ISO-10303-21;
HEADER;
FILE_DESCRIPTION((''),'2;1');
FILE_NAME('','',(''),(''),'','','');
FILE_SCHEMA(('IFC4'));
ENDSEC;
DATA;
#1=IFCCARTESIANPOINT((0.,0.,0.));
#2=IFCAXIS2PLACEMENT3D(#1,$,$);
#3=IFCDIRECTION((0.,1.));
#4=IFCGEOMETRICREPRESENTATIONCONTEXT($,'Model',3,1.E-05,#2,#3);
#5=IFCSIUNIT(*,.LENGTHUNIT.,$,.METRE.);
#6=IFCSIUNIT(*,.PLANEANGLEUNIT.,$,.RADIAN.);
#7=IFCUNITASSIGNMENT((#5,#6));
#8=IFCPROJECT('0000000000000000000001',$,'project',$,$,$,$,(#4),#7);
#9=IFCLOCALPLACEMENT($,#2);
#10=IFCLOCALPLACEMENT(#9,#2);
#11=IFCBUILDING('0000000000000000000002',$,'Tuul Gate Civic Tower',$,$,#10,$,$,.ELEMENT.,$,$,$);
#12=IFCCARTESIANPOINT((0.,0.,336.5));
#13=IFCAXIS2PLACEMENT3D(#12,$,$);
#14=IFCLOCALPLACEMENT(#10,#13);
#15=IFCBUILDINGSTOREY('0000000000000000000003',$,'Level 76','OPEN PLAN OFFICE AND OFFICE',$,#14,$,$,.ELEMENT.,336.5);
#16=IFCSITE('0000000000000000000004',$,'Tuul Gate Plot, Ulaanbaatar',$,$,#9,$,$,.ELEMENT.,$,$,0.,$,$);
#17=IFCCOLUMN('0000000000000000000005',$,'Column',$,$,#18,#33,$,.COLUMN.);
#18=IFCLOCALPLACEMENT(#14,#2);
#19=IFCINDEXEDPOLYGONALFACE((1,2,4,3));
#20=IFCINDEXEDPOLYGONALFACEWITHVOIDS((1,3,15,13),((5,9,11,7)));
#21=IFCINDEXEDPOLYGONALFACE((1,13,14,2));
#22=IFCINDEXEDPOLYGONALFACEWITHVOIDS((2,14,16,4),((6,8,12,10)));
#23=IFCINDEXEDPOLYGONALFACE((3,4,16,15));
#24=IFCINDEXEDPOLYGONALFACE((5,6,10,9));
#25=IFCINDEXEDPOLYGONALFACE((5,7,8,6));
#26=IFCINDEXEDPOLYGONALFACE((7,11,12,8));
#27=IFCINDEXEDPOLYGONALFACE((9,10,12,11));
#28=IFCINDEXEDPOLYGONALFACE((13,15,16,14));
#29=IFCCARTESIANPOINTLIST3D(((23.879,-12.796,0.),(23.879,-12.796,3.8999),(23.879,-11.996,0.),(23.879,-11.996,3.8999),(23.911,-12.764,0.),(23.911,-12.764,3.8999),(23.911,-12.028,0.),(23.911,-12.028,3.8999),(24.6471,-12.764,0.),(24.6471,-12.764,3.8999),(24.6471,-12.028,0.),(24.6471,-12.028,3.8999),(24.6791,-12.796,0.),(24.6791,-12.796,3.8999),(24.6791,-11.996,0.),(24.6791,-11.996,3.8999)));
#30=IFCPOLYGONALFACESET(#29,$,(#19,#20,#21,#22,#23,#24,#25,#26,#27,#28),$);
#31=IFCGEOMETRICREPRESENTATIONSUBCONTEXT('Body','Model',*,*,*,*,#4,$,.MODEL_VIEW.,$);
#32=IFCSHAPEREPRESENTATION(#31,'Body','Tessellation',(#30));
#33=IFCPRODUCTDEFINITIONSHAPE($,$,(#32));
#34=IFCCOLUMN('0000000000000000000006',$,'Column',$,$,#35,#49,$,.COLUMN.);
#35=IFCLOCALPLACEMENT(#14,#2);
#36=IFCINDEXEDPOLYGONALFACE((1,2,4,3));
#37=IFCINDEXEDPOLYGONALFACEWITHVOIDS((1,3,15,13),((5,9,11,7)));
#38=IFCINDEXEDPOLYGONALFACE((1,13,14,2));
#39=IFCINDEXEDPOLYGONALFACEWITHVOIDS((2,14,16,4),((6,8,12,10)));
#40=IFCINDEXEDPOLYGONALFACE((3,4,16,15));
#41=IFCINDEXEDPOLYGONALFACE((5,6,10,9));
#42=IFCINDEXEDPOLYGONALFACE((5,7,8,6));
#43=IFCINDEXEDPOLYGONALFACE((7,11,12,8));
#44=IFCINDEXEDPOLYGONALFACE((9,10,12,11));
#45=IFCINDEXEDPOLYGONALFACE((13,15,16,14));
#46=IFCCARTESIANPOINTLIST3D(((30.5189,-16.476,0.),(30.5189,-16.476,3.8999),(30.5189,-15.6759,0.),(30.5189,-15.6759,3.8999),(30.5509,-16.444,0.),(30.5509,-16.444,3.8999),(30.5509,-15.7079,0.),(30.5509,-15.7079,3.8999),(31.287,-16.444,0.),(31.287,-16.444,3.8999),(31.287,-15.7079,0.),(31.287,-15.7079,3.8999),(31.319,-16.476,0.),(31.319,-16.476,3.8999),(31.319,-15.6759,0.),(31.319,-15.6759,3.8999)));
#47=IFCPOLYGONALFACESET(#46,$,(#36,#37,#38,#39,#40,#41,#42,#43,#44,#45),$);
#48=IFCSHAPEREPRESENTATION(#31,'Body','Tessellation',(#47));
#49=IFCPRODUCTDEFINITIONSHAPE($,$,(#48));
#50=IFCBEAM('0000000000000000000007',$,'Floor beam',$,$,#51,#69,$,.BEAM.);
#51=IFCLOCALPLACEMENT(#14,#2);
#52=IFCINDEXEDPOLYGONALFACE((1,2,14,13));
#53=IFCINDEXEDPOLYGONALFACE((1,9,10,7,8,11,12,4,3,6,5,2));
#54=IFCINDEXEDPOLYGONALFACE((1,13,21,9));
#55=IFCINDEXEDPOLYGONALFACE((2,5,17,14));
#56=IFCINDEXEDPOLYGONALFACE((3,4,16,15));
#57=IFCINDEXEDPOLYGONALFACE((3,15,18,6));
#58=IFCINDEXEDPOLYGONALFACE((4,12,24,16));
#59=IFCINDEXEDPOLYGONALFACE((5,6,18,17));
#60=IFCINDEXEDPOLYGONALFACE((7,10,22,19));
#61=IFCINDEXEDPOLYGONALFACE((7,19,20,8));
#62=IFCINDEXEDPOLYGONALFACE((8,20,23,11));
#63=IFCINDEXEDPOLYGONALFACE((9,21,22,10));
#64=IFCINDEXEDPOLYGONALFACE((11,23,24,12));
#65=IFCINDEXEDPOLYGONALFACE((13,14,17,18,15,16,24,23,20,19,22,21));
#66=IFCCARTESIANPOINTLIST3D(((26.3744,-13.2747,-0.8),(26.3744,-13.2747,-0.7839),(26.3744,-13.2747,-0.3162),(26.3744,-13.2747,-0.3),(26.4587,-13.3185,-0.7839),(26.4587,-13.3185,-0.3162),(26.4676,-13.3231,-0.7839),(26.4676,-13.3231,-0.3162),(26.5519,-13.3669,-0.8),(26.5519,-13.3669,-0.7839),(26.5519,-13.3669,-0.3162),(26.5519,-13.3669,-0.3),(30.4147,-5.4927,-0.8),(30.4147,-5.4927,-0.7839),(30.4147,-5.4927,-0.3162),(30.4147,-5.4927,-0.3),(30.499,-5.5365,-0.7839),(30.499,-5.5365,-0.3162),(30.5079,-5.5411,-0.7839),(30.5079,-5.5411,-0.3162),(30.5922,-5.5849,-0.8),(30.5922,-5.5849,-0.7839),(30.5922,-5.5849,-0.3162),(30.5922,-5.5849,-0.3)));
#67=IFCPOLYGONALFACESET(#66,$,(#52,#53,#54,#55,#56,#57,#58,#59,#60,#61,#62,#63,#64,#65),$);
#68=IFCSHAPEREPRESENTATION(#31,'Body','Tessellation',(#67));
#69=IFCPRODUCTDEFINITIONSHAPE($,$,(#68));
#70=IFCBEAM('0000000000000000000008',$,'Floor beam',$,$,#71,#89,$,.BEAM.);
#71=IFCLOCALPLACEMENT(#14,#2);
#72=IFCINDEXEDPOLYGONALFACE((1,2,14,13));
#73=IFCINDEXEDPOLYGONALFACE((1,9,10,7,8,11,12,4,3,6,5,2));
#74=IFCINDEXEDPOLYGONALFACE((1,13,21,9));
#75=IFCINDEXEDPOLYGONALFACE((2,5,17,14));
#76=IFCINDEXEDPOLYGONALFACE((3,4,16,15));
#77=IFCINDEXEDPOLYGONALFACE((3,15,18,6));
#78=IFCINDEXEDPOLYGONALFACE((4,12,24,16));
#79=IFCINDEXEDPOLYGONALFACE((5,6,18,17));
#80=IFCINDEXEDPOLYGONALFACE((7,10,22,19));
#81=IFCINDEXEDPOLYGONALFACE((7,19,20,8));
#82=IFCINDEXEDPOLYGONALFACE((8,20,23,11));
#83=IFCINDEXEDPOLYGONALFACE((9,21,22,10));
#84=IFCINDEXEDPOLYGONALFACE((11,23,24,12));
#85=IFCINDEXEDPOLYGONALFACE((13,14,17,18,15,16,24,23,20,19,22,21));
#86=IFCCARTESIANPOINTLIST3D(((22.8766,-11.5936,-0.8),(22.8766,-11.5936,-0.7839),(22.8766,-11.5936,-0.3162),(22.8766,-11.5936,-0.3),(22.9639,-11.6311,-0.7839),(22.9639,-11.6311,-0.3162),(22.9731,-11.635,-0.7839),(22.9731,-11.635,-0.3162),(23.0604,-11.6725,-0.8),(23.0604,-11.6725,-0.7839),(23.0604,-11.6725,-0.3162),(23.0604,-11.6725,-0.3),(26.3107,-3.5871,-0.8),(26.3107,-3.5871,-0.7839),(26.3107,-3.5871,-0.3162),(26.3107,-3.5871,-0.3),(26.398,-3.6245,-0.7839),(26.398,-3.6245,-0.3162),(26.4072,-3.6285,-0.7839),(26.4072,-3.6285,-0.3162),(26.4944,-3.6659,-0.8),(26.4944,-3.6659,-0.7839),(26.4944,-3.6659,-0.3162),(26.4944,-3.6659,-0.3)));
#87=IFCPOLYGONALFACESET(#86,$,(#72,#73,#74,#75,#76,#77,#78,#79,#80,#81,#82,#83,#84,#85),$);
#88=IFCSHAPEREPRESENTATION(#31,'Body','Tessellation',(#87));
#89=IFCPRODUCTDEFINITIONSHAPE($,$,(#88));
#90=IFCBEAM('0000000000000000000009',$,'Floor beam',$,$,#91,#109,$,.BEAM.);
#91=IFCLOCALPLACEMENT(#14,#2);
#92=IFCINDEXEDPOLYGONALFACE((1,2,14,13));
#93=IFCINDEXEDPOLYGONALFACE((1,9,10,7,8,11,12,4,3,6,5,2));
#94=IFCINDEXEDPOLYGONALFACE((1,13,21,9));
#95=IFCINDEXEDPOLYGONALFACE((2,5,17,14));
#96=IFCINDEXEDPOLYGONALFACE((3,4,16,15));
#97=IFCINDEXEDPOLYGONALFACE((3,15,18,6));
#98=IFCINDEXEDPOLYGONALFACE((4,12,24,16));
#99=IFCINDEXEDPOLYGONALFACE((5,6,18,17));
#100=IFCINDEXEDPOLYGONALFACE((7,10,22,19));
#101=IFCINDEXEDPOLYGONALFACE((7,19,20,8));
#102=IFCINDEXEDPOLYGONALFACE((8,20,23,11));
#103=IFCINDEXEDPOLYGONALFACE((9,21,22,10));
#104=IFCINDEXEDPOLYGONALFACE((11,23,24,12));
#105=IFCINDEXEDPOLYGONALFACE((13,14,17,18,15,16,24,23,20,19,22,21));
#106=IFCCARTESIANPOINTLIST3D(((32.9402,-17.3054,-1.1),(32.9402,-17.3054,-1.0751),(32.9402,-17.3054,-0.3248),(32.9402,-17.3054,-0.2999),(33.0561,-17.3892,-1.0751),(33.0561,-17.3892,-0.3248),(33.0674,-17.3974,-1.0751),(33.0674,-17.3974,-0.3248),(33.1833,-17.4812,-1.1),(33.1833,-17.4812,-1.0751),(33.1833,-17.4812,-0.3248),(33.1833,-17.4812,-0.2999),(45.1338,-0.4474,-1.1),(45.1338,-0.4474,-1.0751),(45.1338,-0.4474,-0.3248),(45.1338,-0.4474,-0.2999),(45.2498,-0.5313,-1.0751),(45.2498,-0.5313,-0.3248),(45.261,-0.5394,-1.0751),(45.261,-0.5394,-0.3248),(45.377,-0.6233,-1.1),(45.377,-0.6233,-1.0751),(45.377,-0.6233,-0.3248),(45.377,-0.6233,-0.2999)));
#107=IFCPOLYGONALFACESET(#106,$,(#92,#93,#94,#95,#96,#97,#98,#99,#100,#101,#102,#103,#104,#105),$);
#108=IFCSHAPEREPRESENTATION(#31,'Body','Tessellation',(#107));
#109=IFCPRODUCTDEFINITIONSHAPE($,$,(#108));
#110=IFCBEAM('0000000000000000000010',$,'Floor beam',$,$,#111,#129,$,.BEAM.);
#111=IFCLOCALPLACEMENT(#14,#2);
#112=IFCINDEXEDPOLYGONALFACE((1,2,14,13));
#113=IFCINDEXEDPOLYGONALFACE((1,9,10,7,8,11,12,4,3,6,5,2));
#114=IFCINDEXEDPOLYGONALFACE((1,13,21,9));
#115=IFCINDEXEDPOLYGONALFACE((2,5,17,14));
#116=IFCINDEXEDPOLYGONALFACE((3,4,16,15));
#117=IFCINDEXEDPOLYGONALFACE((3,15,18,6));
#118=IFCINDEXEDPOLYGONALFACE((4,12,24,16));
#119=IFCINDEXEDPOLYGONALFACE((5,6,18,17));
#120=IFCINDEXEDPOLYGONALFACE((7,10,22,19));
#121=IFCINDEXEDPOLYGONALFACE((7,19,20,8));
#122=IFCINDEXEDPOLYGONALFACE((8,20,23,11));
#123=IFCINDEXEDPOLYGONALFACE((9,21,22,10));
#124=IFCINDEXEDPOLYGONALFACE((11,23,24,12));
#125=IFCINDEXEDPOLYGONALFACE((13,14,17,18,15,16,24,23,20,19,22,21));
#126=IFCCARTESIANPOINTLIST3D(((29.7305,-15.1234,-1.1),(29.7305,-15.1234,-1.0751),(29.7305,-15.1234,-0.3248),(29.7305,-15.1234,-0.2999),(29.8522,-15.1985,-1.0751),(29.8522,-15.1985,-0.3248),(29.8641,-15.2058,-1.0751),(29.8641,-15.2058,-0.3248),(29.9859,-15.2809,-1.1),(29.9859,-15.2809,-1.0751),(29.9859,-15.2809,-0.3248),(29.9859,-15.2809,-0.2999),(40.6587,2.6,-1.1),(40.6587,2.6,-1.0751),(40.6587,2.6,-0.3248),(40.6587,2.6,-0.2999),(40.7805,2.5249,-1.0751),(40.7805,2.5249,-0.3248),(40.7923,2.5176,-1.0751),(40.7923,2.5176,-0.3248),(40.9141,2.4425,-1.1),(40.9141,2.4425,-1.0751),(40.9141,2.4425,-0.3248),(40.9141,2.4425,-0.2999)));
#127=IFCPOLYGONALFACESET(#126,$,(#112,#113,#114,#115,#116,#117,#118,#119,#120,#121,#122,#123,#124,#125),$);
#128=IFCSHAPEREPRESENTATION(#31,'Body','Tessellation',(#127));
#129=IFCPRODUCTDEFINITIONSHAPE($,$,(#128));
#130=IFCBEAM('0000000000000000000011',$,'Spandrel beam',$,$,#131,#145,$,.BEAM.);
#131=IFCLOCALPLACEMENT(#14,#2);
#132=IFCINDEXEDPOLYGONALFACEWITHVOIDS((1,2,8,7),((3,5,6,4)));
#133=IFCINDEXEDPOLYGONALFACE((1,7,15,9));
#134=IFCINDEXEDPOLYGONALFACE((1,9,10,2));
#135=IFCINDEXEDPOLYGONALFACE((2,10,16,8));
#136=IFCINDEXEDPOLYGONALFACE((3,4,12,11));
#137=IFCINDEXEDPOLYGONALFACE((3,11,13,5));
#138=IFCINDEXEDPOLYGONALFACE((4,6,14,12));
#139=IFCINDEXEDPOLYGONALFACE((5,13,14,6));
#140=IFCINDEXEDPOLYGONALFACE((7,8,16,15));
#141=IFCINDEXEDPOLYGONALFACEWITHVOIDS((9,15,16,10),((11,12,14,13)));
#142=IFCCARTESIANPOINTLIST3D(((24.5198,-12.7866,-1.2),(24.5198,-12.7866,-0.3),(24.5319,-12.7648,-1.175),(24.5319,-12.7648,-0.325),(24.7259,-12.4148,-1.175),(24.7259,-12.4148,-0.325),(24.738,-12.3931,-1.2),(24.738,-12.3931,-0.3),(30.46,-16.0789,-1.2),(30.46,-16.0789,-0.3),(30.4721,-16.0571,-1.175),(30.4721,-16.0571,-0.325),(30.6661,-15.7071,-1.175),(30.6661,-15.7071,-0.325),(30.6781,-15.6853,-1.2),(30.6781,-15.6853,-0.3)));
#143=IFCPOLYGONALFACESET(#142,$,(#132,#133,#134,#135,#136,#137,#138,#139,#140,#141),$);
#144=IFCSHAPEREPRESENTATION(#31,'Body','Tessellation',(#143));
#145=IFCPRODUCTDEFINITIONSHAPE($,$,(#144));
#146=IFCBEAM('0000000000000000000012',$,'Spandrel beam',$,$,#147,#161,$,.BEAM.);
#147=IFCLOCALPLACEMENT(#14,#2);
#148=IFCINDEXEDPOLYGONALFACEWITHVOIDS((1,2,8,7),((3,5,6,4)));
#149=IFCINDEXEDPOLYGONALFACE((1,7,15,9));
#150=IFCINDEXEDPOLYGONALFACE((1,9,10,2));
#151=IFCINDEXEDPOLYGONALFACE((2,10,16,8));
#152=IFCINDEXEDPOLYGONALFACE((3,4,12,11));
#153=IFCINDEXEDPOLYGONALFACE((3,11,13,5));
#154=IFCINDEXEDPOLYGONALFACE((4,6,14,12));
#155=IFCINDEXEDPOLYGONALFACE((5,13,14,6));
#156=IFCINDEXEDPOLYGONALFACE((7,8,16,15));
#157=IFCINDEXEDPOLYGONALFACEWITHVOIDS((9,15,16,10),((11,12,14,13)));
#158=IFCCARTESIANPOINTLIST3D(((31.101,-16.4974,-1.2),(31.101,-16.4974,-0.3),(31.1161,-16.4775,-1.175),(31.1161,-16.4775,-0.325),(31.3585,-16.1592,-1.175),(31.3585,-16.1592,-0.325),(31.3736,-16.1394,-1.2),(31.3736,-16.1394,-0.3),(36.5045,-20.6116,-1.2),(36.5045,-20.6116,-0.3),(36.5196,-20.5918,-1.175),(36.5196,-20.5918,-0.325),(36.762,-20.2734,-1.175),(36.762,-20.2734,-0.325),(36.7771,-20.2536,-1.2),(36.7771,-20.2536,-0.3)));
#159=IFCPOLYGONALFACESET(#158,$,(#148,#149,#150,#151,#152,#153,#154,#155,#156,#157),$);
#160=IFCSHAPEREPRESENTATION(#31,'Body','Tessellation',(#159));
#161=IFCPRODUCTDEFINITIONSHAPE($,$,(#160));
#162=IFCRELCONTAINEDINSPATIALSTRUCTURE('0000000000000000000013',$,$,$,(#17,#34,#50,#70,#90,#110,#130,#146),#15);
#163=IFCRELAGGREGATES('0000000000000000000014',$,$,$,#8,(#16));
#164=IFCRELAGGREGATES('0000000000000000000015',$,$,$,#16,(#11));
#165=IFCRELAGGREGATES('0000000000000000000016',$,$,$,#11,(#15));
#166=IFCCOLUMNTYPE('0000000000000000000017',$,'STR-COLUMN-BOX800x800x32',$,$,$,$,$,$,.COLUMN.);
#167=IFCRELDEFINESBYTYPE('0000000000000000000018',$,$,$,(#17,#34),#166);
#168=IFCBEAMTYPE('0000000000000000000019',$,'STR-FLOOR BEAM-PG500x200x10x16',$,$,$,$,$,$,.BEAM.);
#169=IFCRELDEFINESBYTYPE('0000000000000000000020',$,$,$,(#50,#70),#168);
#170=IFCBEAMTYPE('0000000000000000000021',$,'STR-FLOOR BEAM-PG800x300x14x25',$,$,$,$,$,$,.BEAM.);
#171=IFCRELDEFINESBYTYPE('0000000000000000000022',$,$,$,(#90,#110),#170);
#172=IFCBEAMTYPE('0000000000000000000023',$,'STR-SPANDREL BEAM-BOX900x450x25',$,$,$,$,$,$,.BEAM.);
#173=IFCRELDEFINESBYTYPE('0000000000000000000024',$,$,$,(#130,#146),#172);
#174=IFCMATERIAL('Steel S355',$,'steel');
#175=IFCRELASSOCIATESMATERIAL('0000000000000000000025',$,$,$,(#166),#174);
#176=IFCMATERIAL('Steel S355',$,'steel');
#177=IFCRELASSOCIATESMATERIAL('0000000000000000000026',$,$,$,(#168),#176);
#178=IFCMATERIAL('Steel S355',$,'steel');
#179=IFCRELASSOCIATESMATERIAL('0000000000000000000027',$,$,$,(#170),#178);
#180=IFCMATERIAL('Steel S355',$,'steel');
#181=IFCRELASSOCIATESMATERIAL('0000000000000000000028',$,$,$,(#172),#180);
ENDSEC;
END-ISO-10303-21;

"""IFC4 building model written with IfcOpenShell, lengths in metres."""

from ifc_helpers import new_model, si_unit, direction, frame, origin, origin_2d, place, context, subcontext, project, spatial, hollow_rectangle, i_section, extrude, material, material_profile, profile_set, type_object, element, save


model = new_model("IFC4")

# Units and contexts
model_context = context("Model", 3, precision=1e-05, world=origin(), true_north=direction((0.0, 1.0)))
body_context = subcontext(model_context, "Body", "Model", "MODEL_VIEW")
ifc_project = project(units=[si_unit("LENGTHUNIT", "METRE"), si_unit("PLANEANGLEUNIT", "RADIAN")], contexts=[model_context])

# Site, building, storey
site_placement = place(None, origin())
site = spatial("IfcSite", under=ifc_project, at=site_placement, Name="Tuul Gate Plot, Ulaanbaatar", CompositionType="ELEMENT", RefElevation=0.0)
building_placement = place(site_placement, origin())
building = spatial("IfcBuilding", under=site, at=building_placement, Name="Tuul Gate Civic Tower", CompositionType="ELEMENT")
storey_placement = place(building_placement, frame((0.0, 0.0, 336.5)))
storey = spatial("IfcBuildingStorey", under=building, at=storey_placement, Name="Level 76", Description="OPEN PLAN OFFICE AND OFFICE", CompositionType="ELEMENT", Elevation=336.5)

# Columns
ifc_material_1 = material(Name="Steel S355", Category="steel")
ifc_material_profile_1 = material_profile(ifc_material_1, hollow_rectangle(XDim=0.8, YDim=0.8, WallThickness=0.032, at=origin_2d()), Name="BOX800x800x32")
ifc_profile_set_1 = profile_set([ifc_material_profile_1], Name="Steel S355")
column_type = type_object("IfcColumnType", Name="STR-COLUMN-BOX800x800x32", PredefinedType="COLUMN", material=ifc_profile_set_1)
for number, where, z_axis, x_axis, name in (
    (1, (24.2791, -12.396, 0.0), (0.0, 0.0, 1.0), (1.0, 0.0, 0.0), "Column"),
    (2, (30.9189, -16.0759, 0.0), (0.0, 0.0, 1.0), (1.0, 0.0, 0.0), "Column"),
):
    element("IfcColumn", number, at=place(storey_placement, frame(where, z_axis=z_axis, x_axis=x_axis)), inside=storey, type_object=column_type, Name=name, PredefinedType="COLUMN", context=body_context, shape_type="SweptSolid", body=[
        extrude(hollow_rectangle(XDim=0.8, YDim=0.8, WallThickness=0.032, at=origin_2d()), origin(), (0.0, 0.0, 1.0), 3.8999),
    ])

# Beams
ifc_material_2 = material(Name="Steel S355", Category="steel")
ifc_material_profile_2 = material_profile(ifc_material_2, i_section(OverallWidth=0.2, OverallDepth=0.5, WebThickness=0.01, FlangeThickness=0.0161, at=origin_2d()), Name="PG500x200x10x16")
ifc_profile_set_2 = profile_set([ifc_material_profile_2], Name="Steel S355")
beam_type_1 = type_object("IfcBeamType", Name="STR-FLOOR BEAM-PG500x200x10x16", PredefinedType="BEAM", material=ifc_profile_set_2)
beam_1_placement = place(storey_placement, frame((26.4631, -13.3208, -0.55), z_axis=(0.460783, 0.887513, 0.0), x_axis=(-0.887513, 0.460783, 0.0)))
element("IfcBeam", 3, at=beam_1_placement, inside=storey, type_object=beam_type_1, Name="Floor beam", PredefinedType="BEAM", context=body_context, shape_type="SweptSolid", body=[
    extrude(i_section(OverallWidth=0.2, OverallDepth=0.5, WebThickness=0.01, FlangeThickness=0.0161, at=origin_2d()), origin(), (0.0, 0.0, 1.0), 8.7683),
])
beam_2_placement = place(storey_placement, frame((22.9685, -11.6331, -0.55), z_axis=(0.39418, 0.919033, 0.0), x_axis=(-0.919033, 0.39418, 0.0)))
element("IfcBeam", 4, at=beam_2_placement, inside=storey, type_object=beam_type_1, Name="Floor beam", PredefinedType="BEAM", context=body_context, shape_type="SweptSolid", body=[
    extrude(i_section(OverallWidth=0.2, OverallDepth=0.5, WebThickness=0.01, FlangeThickness=0.0161, at=origin_2d()), origin(), (0.0, 0.0, 1.0), 8.7119),
])
ifc_material_3 = material(Name="Steel S355", Category="steel")
ifc_material_profile_3 = material_profile(ifc_material_3, i_section(OverallWidth=0.3, OverallDepth=0.8, WebThickness=0.0139, FlangeThickness=0.0249, at=origin_2d()), Name="PG800x300x14x25")
ifc_profile_set_3 = profile_set([ifc_material_profile_3], Name="Steel S355")
beam_type_2 = type_object("IfcBeamType", Name="STR-FLOOR BEAM-PG800x300x14x25", PredefinedType="BEAM", material=ifc_profile_set_3)
beam_3_placement = place(storey_placement, frame((33.0618, -17.3933, -0.7), z_axis=(0.586073, 0.810258, 0.0), x_axis=(-0.810258, 0.586073, 0.0)))
element("IfcBeam", 5, at=beam_3_placement, inside=storey, type_object=beam_type_2, Name="Floor beam", PredefinedType="BEAM", context=body_context, shape_type="SweptSolid", body=[
    extrude(i_section(OverallWidth=0.3, OverallDepth=0.8, WebThickness=0.0139, FlangeThickness=0.0249, at=origin_2d()), origin(), (0.0, 0.0, 1.0), 20.8057),
])
beam_4_placement = place(storey_placement, frame((29.8582, -15.2021, -0.7), z_axis=(0.524847, 0.851197, 0.0), x_axis=(-0.851197, 0.524847, 0.0)))
element("IfcBeam", 6, at=beam_4_placement, inside=storey, type_object=beam_type_2, Name="Floor beam", PredefinedType="BEAM", context=body_context, shape_type="SweptSolid", body=[
    extrude(i_section(OverallWidth=0.3, OverallDepth=0.8, WebThickness=0.0139, FlangeThickness=0.0249, at=origin_2d()), origin(), (0.0, 0.0, 1.0), 20.8218),
])
ifc_material_4 = material(Name="Steel S355", Category="steel")
ifc_material_profile_4 = material_profile(ifc_material_4, hollow_rectangle(XDim=0.45, YDim=0.8999, WallThickness=0.0249, at=origin_2d()), Name="BOX900x450x25")
ifc_profile_set_4 = profile_set([ifc_material_profile_4], Name="Steel S355")
beam_type_3 = type_object("IfcBeamType", Name="STR-SPANDREL BEAM-BOX900x450x25", PredefinedType="BEAM", material=ifc_profile_set_4)
for number, where, z_axis, x_axis, name in (
    (7, (24.6289, -12.5898, -0.75), (0.874649, -0.484758, 0.0), (0.484758, 0.874649, 0.0), "Spandrel beam"),
    (8, (31.2373, -16.3184, -0.75), (0.795626, -0.605788, 0.0), (0.605788, 0.795626, 0.0), "Spandrel beam"),
):
    element("IfcBeam", number, at=place(storey_placement, frame(where, z_axis=z_axis, x_axis=x_axis)), inside=storey, type_object=beam_type_3, Name=name, PredefinedType="BEAM", context=body_context, shape_type="SweptSolid", body=[
        extrude(hollow_rectangle(XDim=0.45, YDim=0.8999, WallThickness=0.0249, at=origin_2d()), origin(), (0.0, 0.0, 1.0), 6.7915),
    ])

save(model, "model.ifc")
